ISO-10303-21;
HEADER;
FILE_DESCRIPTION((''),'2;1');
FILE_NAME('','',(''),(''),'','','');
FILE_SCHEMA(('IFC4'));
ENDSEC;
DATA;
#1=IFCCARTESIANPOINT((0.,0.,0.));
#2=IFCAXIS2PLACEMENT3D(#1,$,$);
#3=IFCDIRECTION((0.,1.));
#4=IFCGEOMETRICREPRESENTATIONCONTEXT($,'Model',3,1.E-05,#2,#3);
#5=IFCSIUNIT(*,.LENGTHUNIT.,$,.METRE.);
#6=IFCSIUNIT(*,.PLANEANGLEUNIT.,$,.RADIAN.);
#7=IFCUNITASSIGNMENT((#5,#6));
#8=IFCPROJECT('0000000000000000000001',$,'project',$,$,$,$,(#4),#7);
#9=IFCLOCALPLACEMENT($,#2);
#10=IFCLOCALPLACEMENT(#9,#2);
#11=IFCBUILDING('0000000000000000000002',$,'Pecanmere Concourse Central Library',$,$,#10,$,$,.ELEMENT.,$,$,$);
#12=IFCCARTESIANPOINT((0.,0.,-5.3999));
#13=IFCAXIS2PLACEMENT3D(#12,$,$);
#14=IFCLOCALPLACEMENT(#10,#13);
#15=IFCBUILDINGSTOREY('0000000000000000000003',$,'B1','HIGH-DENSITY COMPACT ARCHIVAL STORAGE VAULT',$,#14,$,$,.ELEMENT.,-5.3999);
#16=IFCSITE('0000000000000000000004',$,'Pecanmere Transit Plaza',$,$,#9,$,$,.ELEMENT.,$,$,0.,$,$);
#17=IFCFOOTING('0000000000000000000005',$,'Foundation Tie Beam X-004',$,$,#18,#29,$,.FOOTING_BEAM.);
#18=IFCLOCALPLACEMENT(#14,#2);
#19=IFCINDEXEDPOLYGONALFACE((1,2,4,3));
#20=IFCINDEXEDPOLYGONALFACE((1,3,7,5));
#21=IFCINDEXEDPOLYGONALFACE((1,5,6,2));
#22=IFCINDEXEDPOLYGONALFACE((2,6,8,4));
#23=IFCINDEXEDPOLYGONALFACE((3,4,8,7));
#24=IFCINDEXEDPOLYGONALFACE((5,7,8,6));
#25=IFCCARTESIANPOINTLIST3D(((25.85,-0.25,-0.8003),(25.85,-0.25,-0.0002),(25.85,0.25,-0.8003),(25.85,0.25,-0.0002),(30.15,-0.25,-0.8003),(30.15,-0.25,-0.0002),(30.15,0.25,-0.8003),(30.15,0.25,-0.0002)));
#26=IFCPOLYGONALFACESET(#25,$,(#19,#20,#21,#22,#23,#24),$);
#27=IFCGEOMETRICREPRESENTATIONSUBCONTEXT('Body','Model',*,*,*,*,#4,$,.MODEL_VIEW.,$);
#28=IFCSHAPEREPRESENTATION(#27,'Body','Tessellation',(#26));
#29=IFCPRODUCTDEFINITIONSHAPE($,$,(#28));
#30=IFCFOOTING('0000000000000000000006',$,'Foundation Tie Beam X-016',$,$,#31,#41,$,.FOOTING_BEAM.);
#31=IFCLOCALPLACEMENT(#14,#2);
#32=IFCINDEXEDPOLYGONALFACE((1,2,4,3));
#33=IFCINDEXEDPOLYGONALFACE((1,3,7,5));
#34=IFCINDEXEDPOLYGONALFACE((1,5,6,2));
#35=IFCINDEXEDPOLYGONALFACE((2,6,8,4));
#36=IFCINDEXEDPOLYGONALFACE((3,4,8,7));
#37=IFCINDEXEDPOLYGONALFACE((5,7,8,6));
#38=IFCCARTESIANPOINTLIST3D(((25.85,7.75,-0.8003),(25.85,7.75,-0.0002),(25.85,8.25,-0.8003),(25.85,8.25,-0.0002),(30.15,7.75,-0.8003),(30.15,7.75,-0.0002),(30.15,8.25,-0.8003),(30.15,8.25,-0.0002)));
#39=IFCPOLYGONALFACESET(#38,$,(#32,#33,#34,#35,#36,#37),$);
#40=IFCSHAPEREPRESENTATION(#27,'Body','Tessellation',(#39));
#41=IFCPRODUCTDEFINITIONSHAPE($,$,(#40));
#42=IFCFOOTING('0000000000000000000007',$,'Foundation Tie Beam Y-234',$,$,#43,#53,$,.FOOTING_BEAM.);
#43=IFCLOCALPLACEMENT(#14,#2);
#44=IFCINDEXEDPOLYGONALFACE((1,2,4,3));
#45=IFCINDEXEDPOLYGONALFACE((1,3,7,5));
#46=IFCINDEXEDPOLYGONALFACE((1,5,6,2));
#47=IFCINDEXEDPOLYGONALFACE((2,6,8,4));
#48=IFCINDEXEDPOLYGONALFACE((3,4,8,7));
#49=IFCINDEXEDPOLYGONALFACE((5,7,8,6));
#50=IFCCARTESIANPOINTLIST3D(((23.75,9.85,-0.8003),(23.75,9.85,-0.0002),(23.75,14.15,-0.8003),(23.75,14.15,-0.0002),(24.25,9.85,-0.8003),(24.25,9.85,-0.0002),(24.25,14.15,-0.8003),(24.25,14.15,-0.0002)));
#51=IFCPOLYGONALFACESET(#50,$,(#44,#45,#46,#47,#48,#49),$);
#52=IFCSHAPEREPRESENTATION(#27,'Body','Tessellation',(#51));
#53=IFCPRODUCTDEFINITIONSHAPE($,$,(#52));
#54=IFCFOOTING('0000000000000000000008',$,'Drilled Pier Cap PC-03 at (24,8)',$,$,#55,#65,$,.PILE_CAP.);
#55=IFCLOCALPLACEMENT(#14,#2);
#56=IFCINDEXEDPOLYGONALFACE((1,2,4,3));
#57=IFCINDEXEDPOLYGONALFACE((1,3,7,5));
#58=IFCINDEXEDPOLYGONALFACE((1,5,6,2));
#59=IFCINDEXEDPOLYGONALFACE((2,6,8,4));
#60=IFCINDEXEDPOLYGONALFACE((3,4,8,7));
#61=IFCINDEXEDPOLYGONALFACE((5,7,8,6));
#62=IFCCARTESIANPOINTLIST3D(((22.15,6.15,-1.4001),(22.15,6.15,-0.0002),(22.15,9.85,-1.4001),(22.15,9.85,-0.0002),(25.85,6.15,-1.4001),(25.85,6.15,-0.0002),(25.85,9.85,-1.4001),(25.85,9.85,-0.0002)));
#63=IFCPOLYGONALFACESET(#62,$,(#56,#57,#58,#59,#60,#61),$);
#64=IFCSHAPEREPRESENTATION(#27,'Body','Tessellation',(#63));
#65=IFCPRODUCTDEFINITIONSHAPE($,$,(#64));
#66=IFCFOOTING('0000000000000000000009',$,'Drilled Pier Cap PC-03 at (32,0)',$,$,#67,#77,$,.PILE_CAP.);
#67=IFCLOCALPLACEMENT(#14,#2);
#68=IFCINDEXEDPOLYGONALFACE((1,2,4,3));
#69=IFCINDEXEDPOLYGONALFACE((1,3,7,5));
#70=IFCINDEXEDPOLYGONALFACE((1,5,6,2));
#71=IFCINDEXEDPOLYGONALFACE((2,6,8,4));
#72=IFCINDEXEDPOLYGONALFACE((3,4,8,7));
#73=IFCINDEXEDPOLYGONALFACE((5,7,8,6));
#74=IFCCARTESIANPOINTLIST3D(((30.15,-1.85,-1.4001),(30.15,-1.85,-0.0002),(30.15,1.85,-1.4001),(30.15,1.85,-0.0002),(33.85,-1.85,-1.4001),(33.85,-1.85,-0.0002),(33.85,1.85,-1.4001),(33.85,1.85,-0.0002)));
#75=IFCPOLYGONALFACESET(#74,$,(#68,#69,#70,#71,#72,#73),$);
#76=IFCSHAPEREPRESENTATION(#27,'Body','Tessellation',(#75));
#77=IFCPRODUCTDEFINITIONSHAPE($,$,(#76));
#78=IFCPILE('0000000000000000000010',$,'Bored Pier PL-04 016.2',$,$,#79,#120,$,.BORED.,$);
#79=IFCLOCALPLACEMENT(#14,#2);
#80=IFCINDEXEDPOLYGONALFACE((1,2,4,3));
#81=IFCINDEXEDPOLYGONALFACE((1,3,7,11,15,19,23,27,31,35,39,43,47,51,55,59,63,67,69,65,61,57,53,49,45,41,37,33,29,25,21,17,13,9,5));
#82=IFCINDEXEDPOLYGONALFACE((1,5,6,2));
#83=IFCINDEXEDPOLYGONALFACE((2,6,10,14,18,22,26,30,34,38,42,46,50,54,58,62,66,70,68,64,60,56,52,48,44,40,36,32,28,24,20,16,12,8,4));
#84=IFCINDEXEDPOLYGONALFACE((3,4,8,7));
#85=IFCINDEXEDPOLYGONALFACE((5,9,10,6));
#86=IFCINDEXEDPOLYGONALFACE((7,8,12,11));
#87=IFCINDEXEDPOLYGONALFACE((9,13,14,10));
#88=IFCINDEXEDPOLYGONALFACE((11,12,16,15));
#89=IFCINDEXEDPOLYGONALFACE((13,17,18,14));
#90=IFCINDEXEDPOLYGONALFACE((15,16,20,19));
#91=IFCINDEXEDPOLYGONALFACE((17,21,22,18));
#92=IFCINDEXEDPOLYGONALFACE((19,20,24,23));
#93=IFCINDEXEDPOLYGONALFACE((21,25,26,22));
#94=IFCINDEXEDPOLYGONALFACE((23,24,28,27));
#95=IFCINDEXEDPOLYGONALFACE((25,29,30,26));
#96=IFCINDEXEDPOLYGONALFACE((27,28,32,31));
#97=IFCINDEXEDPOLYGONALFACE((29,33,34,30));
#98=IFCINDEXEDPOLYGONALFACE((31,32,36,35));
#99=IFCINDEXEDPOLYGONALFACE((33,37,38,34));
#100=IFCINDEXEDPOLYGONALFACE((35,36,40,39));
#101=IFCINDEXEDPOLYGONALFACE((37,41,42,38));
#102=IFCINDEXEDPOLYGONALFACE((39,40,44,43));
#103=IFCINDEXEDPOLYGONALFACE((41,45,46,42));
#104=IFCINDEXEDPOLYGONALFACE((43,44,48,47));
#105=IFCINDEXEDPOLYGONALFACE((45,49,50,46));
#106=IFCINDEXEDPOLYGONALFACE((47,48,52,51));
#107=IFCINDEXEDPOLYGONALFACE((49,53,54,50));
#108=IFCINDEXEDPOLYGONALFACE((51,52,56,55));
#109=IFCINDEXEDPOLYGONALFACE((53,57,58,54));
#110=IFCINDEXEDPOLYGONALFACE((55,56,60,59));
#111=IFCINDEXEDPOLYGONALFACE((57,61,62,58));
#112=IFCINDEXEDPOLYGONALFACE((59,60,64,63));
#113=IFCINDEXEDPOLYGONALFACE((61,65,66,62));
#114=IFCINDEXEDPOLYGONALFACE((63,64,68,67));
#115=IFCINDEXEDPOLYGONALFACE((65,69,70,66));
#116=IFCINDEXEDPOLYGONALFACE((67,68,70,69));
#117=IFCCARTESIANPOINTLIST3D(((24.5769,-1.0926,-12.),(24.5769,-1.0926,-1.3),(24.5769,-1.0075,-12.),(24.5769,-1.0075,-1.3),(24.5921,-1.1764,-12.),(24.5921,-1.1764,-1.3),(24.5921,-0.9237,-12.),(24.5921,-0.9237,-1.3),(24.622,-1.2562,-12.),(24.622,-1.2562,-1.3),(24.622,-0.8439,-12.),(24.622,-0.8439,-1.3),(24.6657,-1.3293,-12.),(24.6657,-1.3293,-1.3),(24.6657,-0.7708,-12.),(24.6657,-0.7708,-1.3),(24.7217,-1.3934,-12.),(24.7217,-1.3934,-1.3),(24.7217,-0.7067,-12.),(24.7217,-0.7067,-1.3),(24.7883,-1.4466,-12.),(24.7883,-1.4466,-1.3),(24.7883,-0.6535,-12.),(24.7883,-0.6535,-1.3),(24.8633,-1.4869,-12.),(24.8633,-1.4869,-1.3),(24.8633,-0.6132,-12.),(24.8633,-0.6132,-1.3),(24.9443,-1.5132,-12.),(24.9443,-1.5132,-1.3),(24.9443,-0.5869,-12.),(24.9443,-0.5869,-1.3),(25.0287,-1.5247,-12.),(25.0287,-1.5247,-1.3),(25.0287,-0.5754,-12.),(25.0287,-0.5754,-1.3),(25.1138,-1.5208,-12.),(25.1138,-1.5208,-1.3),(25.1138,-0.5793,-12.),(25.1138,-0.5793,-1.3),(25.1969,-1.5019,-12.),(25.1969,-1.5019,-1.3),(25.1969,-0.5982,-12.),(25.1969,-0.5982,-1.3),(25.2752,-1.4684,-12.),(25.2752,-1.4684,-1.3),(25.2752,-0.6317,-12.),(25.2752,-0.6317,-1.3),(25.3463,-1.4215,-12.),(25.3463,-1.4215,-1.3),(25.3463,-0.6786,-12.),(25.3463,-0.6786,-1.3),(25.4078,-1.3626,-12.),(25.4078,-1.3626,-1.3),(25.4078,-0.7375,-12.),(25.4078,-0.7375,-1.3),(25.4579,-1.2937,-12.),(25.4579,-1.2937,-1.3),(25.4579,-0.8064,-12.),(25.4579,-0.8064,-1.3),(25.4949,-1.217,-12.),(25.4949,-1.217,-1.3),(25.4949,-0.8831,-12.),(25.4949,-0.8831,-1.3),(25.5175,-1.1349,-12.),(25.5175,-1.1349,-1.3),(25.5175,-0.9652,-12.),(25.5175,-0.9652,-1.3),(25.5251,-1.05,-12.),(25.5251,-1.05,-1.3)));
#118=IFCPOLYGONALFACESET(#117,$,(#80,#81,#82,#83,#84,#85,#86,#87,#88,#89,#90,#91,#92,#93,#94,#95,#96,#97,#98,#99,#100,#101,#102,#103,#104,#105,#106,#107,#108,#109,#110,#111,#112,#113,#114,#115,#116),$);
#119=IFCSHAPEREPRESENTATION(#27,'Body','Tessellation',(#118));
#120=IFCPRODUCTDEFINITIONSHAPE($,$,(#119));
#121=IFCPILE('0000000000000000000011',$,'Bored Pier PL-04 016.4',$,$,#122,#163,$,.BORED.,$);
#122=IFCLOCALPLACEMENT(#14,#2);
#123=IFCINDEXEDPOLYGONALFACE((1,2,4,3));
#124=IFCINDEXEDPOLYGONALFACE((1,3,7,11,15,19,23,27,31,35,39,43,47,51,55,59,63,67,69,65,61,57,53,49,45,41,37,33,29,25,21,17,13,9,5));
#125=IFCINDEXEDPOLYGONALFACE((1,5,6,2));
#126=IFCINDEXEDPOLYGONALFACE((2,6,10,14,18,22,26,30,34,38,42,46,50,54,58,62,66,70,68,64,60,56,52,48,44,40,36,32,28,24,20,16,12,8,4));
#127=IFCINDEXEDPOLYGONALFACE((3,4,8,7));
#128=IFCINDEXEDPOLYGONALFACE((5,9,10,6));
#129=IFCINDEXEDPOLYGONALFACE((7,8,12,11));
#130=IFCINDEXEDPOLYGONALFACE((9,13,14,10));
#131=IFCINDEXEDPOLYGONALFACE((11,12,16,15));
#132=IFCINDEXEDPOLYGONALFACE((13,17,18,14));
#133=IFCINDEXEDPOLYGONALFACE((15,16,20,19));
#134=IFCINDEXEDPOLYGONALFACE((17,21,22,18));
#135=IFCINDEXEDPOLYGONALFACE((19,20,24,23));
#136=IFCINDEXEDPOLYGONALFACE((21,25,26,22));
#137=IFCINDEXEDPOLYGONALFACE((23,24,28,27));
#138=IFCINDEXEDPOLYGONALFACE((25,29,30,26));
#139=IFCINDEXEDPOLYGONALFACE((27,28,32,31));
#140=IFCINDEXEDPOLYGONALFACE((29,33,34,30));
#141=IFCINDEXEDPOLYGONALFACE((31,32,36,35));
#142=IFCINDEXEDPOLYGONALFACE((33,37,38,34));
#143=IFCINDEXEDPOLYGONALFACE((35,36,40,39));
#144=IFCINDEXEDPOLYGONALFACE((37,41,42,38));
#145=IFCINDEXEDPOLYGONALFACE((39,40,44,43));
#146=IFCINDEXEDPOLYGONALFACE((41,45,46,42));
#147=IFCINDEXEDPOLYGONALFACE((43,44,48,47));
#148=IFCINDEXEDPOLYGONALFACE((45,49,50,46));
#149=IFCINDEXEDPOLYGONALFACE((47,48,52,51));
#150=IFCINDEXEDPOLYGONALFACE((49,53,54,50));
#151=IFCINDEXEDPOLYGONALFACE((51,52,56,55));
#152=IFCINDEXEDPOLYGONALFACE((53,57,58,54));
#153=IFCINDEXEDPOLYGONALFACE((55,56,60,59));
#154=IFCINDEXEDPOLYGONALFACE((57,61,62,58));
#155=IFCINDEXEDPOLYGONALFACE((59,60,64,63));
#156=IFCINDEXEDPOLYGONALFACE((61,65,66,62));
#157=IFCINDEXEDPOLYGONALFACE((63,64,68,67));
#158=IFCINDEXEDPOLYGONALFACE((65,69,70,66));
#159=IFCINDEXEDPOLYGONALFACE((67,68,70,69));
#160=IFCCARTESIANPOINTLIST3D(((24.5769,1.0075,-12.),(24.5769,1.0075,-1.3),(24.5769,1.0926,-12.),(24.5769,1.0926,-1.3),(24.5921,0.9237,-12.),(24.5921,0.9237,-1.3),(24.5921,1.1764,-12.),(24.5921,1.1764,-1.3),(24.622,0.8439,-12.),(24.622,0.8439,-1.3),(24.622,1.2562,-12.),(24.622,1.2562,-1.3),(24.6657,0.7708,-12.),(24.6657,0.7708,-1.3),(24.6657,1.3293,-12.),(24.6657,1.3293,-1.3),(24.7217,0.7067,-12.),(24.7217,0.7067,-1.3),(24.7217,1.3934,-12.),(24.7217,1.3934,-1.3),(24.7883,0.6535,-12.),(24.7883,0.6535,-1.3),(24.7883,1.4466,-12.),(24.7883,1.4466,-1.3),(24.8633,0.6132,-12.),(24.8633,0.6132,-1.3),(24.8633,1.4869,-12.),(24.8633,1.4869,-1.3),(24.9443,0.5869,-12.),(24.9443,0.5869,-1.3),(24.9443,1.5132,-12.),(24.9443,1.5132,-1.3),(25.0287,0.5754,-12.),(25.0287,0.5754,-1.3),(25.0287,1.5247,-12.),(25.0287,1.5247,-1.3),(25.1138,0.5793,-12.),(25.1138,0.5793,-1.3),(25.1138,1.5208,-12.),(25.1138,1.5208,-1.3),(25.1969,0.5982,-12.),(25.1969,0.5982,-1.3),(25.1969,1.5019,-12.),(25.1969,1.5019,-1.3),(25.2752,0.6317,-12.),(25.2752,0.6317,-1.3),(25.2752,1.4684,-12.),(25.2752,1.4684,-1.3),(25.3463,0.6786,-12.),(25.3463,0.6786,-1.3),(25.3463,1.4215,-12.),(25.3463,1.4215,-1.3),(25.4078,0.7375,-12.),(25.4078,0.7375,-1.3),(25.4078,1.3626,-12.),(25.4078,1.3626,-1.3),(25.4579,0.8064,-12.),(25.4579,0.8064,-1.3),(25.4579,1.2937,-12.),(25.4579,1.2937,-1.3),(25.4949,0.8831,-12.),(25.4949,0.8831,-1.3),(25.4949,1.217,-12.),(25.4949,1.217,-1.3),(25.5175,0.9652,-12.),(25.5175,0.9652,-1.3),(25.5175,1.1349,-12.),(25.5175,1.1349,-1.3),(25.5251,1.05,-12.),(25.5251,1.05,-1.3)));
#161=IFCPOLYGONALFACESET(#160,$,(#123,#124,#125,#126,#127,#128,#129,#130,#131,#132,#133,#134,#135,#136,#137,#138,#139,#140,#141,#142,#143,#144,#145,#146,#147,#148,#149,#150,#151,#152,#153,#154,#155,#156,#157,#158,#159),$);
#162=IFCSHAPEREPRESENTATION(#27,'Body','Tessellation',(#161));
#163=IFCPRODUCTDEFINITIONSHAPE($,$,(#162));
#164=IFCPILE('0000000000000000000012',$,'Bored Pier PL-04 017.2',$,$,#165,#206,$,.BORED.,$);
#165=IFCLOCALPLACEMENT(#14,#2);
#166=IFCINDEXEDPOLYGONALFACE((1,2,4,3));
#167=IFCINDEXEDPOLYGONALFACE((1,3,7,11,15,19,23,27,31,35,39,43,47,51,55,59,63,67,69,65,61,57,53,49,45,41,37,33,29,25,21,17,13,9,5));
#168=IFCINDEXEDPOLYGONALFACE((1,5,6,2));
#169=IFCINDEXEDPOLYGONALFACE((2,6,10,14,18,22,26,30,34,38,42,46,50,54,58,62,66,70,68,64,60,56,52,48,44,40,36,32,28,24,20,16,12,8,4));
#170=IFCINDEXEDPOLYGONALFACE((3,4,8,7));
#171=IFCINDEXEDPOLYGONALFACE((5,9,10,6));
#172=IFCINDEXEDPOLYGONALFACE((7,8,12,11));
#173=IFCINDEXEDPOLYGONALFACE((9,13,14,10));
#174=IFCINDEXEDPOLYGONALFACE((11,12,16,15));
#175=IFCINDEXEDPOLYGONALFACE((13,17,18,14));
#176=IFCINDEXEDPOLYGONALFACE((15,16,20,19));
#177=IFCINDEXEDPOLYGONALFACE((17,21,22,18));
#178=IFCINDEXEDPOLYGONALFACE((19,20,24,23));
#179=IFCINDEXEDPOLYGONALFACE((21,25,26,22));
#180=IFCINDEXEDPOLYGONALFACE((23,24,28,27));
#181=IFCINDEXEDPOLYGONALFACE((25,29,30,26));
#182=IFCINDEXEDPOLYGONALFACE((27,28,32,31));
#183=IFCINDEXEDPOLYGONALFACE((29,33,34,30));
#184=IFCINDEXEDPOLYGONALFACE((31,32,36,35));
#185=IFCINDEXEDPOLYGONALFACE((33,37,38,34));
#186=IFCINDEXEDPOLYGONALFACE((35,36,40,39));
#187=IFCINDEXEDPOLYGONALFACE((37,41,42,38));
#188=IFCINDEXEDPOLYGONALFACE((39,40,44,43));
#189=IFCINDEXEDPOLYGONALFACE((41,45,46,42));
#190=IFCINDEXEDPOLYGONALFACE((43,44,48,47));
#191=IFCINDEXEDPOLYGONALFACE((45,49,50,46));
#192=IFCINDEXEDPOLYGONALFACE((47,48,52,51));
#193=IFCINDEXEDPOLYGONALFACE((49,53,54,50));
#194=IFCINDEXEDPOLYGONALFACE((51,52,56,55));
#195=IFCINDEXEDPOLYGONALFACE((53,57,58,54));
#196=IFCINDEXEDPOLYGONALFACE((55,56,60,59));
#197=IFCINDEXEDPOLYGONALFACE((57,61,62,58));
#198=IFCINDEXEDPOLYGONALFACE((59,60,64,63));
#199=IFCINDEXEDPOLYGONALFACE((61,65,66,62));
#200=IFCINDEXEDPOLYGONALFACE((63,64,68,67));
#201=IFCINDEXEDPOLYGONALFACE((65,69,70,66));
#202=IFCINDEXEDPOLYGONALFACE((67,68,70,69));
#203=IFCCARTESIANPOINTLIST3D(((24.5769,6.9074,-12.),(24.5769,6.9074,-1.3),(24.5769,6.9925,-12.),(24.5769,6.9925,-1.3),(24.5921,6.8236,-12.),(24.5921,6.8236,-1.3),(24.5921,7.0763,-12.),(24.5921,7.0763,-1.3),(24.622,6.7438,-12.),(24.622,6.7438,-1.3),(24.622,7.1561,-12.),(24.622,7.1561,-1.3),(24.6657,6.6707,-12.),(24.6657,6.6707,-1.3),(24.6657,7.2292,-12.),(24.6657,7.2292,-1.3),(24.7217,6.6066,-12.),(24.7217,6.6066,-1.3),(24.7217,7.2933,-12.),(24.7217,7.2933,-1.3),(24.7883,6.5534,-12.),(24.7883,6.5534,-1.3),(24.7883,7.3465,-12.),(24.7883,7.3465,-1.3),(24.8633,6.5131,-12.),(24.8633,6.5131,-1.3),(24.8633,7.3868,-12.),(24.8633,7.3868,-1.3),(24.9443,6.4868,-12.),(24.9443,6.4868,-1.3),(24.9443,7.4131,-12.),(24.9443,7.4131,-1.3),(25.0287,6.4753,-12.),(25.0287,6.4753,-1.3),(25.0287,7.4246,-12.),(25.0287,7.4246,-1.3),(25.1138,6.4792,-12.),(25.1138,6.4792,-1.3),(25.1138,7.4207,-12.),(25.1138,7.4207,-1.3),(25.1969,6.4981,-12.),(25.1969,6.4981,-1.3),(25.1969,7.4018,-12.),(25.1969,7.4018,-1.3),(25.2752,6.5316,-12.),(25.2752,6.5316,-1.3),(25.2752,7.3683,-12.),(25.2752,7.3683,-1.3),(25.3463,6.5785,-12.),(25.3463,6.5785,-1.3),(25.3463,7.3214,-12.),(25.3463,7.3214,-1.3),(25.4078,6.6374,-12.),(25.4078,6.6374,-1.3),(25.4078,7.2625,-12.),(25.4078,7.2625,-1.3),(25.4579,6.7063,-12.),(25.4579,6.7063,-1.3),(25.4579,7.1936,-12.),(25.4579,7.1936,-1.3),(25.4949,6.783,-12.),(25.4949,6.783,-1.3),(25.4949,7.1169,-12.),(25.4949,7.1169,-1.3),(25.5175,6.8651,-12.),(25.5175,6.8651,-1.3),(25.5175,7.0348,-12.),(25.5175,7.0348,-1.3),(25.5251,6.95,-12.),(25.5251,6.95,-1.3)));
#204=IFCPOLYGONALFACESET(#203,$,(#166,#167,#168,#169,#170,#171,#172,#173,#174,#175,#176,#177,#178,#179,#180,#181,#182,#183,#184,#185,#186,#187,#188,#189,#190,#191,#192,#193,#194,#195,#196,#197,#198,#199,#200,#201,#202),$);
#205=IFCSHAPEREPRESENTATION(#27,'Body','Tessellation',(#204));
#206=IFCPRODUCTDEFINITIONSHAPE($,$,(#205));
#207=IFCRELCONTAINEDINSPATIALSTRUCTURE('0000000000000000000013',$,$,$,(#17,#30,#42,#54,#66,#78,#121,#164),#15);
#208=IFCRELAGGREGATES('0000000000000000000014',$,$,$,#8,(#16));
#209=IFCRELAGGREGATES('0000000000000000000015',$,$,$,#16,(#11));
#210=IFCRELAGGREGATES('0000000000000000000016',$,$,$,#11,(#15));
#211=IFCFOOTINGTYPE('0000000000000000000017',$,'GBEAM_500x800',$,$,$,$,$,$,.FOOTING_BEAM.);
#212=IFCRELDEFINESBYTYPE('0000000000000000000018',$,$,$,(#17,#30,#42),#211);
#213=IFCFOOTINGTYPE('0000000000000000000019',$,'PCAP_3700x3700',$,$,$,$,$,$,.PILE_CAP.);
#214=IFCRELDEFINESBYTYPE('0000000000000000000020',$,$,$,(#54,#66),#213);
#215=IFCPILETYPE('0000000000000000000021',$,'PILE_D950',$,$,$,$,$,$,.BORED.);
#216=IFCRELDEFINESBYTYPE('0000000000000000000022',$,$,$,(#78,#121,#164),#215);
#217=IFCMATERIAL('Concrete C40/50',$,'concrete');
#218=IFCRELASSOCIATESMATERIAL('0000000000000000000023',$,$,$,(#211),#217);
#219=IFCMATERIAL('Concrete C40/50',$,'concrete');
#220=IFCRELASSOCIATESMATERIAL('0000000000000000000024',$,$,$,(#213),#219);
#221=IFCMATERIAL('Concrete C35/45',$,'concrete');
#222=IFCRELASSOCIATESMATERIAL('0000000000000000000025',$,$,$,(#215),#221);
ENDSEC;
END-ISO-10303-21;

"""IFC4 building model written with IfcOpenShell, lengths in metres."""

from ifc_helpers import new_model, si_unit, direction, frame, origin, origin_2d, place, context, subcontext, project, spatial, rectangle, circle, extrude, material, material_profile, profile_set, type_object, element, save


model = new_model("IFC4")

# Units and contexts
model_context = context("Model", 3, precision=1e-05, world=origin(), true_north=direction((0.0, 1.0)))
body_context = subcontext(model_context, "Body", "Model", "MODEL_VIEW")
ifc_project = project(units=[si_unit("LENGTHUNIT", "METRE"), si_unit("PLANEANGLEUNIT", "RADIAN")], contexts=[model_context])

# Site, building, storey
site_placement = place(None, origin())
site = spatial("IfcSite", under=ifc_project, at=site_placement, Name="Pecanmere Transit Plaza", CompositionType="ELEMENT", RefElevation=0.0)
building_placement = place(site_placement, origin())
building = spatial("IfcBuilding", under=site, at=building_placement, Name="Pecanmere Concourse Central Library", CompositionType="ELEMENT")
storey_placement = place(building_placement, frame((0.0, 0.0, -5.3999)))
storey = spatial("IfcBuildingStorey", under=building, at=storey_placement, Name="B1", Description="HIGH-DENSITY COMPACT ARCHIVAL STORAGE VAULT", CompositionType="ELEMENT", Elevation=-5.3999)

# Footings
ifc_material_1 = material(Name="Concrete C40/50", Category="concrete")
ifc_material_profile_1 = material_profile(ifc_material_1, rectangle(XDim=0.5, YDim=0.8, at=origin_2d()), Name="RC 500x800")
ifc_profile_set_1 = profile_set([ifc_material_profile_1], Name="Concrete C40/50")
footing_type_1 = type_object("IfcFootingType", Name="GBEAM_500x800", PredefinedType="FOOTING_BEAM", material=ifc_profile_set_1)
for number, where, z_axis, x_axis, name in (
    (1, (28.0, 0.0, -0.8003), (0.0, 0.0, 1.0), (1.0, 0.0, 0.0), "Foundation Tie Beam X-004"),
    (2, (28.0, 8.0, -0.8003), (0.0, 0.0, 1.0), (1.0, 0.0, 0.0), "Foundation Tie Beam X-016"),
    (3, (24.0, 12.0, -0.8003), (0.0, 0.0, 1.0), (0.0, 1.0, 0.0), "Foundation Tie Beam Y-234"),
):
    element("IfcFooting", number, at=place(storey_placement, frame(where, z_axis=z_axis, x_axis=x_axis)), inside=storey, type_object=footing_type_1, Name=name, PredefinedType="FOOTING_BEAM", context=body_context, shape_type="SweptSolid", body=[
        extrude(rectangle(XDim=4.3, YDim=0.5, at=origin_2d()), origin(), (0.0, 0.0, 1.0), 0.8),
    ])
ifc_material_2 = material(Name="Concrete C40/50", Category="concrete")
footing_type_2 = type_object("IfcFootingType", Name="PCAP_3700x3700", PredefinedType="PILE_CAP", material=ifc_material_2)
for number, where, z_axis, x_axis, name in (
    (4, (24.0, 8.0, -1.4001), (0.0, 0.0, 1.0), (1.0, 0.0, 0.0), "Drilled Pier Cap PC-03 at (24,8)"),
    (5, (32.0, 0.0, -1.4001), (0.0, 0.0, 1.0), (1.0, 0.0, 0.0), "Drilled Pier Cap PC-03 at (32,0)"),
):
    element("IfcFooting", number, at=place(storey_placement, frame(where, z_axis=z_axis, x_axis=x_axis)), inside=storey, type_object=footing_type_2, Name=name, PredefinedType="PILE_CAP", context=body_context, shape_type="SweptSolid", body=[
        extrude(rectangle(XDim=3.7, YDim=3.7, at=origin_2d()), origin(), (0.0, 0.0, 1.0), 1.3999),
    ])

# Piles
ifc_material_3 = material(Name="Concrete C35/45", Category="concrete")
ifc_material_profile_2 = material_profile(ifc_material_3, circle(Radius=0.4751, at=origin_2d()), Name="PIER D950")
ifc_profile_set_2 = profile_set([ifc_material_profile_2], Name="Concrete C35/45")
pile_type = type_object("IfcPileType", Name="PILE_D950", PredefinedType="BORED", material=ifc_profile_set_2)
for number, where, z_axis, x_axis, name in (
    (6, (25.05, -1.05, -1.3), (0.0, 0.0, -1.0), (1.0, 0.0, 0.0), "Bored Pier PL-04 016.2"),
    (7, (25.05, 1.05, -1.3), (0.0, 0.0, -1.0), (1.0, 0.0, 0.0), "Bored Pier PL-04 016.4"),
    (8, (25.05, 6.95, -1.3), (0.0, 0.0, -1.0), (1.0, 0.0, 0.0), "Bored Pier PL-04 017.2"),
):
    element("IfcPile", number, at=place(storey_placement, frame(where, z_axis=z_axis, x_axis=x_axis)), inside=storey, type_object=pile_type, Name=name, PredefinedType="BORED", context=body_context, shape_type="SweptSolid", body=[
        extrude(circle(Radius=0.4751, at=origin_2d()), origin(), (0.0, 0.0, 1.0), 10.7),
    ])

save(model, "model.ifc")
